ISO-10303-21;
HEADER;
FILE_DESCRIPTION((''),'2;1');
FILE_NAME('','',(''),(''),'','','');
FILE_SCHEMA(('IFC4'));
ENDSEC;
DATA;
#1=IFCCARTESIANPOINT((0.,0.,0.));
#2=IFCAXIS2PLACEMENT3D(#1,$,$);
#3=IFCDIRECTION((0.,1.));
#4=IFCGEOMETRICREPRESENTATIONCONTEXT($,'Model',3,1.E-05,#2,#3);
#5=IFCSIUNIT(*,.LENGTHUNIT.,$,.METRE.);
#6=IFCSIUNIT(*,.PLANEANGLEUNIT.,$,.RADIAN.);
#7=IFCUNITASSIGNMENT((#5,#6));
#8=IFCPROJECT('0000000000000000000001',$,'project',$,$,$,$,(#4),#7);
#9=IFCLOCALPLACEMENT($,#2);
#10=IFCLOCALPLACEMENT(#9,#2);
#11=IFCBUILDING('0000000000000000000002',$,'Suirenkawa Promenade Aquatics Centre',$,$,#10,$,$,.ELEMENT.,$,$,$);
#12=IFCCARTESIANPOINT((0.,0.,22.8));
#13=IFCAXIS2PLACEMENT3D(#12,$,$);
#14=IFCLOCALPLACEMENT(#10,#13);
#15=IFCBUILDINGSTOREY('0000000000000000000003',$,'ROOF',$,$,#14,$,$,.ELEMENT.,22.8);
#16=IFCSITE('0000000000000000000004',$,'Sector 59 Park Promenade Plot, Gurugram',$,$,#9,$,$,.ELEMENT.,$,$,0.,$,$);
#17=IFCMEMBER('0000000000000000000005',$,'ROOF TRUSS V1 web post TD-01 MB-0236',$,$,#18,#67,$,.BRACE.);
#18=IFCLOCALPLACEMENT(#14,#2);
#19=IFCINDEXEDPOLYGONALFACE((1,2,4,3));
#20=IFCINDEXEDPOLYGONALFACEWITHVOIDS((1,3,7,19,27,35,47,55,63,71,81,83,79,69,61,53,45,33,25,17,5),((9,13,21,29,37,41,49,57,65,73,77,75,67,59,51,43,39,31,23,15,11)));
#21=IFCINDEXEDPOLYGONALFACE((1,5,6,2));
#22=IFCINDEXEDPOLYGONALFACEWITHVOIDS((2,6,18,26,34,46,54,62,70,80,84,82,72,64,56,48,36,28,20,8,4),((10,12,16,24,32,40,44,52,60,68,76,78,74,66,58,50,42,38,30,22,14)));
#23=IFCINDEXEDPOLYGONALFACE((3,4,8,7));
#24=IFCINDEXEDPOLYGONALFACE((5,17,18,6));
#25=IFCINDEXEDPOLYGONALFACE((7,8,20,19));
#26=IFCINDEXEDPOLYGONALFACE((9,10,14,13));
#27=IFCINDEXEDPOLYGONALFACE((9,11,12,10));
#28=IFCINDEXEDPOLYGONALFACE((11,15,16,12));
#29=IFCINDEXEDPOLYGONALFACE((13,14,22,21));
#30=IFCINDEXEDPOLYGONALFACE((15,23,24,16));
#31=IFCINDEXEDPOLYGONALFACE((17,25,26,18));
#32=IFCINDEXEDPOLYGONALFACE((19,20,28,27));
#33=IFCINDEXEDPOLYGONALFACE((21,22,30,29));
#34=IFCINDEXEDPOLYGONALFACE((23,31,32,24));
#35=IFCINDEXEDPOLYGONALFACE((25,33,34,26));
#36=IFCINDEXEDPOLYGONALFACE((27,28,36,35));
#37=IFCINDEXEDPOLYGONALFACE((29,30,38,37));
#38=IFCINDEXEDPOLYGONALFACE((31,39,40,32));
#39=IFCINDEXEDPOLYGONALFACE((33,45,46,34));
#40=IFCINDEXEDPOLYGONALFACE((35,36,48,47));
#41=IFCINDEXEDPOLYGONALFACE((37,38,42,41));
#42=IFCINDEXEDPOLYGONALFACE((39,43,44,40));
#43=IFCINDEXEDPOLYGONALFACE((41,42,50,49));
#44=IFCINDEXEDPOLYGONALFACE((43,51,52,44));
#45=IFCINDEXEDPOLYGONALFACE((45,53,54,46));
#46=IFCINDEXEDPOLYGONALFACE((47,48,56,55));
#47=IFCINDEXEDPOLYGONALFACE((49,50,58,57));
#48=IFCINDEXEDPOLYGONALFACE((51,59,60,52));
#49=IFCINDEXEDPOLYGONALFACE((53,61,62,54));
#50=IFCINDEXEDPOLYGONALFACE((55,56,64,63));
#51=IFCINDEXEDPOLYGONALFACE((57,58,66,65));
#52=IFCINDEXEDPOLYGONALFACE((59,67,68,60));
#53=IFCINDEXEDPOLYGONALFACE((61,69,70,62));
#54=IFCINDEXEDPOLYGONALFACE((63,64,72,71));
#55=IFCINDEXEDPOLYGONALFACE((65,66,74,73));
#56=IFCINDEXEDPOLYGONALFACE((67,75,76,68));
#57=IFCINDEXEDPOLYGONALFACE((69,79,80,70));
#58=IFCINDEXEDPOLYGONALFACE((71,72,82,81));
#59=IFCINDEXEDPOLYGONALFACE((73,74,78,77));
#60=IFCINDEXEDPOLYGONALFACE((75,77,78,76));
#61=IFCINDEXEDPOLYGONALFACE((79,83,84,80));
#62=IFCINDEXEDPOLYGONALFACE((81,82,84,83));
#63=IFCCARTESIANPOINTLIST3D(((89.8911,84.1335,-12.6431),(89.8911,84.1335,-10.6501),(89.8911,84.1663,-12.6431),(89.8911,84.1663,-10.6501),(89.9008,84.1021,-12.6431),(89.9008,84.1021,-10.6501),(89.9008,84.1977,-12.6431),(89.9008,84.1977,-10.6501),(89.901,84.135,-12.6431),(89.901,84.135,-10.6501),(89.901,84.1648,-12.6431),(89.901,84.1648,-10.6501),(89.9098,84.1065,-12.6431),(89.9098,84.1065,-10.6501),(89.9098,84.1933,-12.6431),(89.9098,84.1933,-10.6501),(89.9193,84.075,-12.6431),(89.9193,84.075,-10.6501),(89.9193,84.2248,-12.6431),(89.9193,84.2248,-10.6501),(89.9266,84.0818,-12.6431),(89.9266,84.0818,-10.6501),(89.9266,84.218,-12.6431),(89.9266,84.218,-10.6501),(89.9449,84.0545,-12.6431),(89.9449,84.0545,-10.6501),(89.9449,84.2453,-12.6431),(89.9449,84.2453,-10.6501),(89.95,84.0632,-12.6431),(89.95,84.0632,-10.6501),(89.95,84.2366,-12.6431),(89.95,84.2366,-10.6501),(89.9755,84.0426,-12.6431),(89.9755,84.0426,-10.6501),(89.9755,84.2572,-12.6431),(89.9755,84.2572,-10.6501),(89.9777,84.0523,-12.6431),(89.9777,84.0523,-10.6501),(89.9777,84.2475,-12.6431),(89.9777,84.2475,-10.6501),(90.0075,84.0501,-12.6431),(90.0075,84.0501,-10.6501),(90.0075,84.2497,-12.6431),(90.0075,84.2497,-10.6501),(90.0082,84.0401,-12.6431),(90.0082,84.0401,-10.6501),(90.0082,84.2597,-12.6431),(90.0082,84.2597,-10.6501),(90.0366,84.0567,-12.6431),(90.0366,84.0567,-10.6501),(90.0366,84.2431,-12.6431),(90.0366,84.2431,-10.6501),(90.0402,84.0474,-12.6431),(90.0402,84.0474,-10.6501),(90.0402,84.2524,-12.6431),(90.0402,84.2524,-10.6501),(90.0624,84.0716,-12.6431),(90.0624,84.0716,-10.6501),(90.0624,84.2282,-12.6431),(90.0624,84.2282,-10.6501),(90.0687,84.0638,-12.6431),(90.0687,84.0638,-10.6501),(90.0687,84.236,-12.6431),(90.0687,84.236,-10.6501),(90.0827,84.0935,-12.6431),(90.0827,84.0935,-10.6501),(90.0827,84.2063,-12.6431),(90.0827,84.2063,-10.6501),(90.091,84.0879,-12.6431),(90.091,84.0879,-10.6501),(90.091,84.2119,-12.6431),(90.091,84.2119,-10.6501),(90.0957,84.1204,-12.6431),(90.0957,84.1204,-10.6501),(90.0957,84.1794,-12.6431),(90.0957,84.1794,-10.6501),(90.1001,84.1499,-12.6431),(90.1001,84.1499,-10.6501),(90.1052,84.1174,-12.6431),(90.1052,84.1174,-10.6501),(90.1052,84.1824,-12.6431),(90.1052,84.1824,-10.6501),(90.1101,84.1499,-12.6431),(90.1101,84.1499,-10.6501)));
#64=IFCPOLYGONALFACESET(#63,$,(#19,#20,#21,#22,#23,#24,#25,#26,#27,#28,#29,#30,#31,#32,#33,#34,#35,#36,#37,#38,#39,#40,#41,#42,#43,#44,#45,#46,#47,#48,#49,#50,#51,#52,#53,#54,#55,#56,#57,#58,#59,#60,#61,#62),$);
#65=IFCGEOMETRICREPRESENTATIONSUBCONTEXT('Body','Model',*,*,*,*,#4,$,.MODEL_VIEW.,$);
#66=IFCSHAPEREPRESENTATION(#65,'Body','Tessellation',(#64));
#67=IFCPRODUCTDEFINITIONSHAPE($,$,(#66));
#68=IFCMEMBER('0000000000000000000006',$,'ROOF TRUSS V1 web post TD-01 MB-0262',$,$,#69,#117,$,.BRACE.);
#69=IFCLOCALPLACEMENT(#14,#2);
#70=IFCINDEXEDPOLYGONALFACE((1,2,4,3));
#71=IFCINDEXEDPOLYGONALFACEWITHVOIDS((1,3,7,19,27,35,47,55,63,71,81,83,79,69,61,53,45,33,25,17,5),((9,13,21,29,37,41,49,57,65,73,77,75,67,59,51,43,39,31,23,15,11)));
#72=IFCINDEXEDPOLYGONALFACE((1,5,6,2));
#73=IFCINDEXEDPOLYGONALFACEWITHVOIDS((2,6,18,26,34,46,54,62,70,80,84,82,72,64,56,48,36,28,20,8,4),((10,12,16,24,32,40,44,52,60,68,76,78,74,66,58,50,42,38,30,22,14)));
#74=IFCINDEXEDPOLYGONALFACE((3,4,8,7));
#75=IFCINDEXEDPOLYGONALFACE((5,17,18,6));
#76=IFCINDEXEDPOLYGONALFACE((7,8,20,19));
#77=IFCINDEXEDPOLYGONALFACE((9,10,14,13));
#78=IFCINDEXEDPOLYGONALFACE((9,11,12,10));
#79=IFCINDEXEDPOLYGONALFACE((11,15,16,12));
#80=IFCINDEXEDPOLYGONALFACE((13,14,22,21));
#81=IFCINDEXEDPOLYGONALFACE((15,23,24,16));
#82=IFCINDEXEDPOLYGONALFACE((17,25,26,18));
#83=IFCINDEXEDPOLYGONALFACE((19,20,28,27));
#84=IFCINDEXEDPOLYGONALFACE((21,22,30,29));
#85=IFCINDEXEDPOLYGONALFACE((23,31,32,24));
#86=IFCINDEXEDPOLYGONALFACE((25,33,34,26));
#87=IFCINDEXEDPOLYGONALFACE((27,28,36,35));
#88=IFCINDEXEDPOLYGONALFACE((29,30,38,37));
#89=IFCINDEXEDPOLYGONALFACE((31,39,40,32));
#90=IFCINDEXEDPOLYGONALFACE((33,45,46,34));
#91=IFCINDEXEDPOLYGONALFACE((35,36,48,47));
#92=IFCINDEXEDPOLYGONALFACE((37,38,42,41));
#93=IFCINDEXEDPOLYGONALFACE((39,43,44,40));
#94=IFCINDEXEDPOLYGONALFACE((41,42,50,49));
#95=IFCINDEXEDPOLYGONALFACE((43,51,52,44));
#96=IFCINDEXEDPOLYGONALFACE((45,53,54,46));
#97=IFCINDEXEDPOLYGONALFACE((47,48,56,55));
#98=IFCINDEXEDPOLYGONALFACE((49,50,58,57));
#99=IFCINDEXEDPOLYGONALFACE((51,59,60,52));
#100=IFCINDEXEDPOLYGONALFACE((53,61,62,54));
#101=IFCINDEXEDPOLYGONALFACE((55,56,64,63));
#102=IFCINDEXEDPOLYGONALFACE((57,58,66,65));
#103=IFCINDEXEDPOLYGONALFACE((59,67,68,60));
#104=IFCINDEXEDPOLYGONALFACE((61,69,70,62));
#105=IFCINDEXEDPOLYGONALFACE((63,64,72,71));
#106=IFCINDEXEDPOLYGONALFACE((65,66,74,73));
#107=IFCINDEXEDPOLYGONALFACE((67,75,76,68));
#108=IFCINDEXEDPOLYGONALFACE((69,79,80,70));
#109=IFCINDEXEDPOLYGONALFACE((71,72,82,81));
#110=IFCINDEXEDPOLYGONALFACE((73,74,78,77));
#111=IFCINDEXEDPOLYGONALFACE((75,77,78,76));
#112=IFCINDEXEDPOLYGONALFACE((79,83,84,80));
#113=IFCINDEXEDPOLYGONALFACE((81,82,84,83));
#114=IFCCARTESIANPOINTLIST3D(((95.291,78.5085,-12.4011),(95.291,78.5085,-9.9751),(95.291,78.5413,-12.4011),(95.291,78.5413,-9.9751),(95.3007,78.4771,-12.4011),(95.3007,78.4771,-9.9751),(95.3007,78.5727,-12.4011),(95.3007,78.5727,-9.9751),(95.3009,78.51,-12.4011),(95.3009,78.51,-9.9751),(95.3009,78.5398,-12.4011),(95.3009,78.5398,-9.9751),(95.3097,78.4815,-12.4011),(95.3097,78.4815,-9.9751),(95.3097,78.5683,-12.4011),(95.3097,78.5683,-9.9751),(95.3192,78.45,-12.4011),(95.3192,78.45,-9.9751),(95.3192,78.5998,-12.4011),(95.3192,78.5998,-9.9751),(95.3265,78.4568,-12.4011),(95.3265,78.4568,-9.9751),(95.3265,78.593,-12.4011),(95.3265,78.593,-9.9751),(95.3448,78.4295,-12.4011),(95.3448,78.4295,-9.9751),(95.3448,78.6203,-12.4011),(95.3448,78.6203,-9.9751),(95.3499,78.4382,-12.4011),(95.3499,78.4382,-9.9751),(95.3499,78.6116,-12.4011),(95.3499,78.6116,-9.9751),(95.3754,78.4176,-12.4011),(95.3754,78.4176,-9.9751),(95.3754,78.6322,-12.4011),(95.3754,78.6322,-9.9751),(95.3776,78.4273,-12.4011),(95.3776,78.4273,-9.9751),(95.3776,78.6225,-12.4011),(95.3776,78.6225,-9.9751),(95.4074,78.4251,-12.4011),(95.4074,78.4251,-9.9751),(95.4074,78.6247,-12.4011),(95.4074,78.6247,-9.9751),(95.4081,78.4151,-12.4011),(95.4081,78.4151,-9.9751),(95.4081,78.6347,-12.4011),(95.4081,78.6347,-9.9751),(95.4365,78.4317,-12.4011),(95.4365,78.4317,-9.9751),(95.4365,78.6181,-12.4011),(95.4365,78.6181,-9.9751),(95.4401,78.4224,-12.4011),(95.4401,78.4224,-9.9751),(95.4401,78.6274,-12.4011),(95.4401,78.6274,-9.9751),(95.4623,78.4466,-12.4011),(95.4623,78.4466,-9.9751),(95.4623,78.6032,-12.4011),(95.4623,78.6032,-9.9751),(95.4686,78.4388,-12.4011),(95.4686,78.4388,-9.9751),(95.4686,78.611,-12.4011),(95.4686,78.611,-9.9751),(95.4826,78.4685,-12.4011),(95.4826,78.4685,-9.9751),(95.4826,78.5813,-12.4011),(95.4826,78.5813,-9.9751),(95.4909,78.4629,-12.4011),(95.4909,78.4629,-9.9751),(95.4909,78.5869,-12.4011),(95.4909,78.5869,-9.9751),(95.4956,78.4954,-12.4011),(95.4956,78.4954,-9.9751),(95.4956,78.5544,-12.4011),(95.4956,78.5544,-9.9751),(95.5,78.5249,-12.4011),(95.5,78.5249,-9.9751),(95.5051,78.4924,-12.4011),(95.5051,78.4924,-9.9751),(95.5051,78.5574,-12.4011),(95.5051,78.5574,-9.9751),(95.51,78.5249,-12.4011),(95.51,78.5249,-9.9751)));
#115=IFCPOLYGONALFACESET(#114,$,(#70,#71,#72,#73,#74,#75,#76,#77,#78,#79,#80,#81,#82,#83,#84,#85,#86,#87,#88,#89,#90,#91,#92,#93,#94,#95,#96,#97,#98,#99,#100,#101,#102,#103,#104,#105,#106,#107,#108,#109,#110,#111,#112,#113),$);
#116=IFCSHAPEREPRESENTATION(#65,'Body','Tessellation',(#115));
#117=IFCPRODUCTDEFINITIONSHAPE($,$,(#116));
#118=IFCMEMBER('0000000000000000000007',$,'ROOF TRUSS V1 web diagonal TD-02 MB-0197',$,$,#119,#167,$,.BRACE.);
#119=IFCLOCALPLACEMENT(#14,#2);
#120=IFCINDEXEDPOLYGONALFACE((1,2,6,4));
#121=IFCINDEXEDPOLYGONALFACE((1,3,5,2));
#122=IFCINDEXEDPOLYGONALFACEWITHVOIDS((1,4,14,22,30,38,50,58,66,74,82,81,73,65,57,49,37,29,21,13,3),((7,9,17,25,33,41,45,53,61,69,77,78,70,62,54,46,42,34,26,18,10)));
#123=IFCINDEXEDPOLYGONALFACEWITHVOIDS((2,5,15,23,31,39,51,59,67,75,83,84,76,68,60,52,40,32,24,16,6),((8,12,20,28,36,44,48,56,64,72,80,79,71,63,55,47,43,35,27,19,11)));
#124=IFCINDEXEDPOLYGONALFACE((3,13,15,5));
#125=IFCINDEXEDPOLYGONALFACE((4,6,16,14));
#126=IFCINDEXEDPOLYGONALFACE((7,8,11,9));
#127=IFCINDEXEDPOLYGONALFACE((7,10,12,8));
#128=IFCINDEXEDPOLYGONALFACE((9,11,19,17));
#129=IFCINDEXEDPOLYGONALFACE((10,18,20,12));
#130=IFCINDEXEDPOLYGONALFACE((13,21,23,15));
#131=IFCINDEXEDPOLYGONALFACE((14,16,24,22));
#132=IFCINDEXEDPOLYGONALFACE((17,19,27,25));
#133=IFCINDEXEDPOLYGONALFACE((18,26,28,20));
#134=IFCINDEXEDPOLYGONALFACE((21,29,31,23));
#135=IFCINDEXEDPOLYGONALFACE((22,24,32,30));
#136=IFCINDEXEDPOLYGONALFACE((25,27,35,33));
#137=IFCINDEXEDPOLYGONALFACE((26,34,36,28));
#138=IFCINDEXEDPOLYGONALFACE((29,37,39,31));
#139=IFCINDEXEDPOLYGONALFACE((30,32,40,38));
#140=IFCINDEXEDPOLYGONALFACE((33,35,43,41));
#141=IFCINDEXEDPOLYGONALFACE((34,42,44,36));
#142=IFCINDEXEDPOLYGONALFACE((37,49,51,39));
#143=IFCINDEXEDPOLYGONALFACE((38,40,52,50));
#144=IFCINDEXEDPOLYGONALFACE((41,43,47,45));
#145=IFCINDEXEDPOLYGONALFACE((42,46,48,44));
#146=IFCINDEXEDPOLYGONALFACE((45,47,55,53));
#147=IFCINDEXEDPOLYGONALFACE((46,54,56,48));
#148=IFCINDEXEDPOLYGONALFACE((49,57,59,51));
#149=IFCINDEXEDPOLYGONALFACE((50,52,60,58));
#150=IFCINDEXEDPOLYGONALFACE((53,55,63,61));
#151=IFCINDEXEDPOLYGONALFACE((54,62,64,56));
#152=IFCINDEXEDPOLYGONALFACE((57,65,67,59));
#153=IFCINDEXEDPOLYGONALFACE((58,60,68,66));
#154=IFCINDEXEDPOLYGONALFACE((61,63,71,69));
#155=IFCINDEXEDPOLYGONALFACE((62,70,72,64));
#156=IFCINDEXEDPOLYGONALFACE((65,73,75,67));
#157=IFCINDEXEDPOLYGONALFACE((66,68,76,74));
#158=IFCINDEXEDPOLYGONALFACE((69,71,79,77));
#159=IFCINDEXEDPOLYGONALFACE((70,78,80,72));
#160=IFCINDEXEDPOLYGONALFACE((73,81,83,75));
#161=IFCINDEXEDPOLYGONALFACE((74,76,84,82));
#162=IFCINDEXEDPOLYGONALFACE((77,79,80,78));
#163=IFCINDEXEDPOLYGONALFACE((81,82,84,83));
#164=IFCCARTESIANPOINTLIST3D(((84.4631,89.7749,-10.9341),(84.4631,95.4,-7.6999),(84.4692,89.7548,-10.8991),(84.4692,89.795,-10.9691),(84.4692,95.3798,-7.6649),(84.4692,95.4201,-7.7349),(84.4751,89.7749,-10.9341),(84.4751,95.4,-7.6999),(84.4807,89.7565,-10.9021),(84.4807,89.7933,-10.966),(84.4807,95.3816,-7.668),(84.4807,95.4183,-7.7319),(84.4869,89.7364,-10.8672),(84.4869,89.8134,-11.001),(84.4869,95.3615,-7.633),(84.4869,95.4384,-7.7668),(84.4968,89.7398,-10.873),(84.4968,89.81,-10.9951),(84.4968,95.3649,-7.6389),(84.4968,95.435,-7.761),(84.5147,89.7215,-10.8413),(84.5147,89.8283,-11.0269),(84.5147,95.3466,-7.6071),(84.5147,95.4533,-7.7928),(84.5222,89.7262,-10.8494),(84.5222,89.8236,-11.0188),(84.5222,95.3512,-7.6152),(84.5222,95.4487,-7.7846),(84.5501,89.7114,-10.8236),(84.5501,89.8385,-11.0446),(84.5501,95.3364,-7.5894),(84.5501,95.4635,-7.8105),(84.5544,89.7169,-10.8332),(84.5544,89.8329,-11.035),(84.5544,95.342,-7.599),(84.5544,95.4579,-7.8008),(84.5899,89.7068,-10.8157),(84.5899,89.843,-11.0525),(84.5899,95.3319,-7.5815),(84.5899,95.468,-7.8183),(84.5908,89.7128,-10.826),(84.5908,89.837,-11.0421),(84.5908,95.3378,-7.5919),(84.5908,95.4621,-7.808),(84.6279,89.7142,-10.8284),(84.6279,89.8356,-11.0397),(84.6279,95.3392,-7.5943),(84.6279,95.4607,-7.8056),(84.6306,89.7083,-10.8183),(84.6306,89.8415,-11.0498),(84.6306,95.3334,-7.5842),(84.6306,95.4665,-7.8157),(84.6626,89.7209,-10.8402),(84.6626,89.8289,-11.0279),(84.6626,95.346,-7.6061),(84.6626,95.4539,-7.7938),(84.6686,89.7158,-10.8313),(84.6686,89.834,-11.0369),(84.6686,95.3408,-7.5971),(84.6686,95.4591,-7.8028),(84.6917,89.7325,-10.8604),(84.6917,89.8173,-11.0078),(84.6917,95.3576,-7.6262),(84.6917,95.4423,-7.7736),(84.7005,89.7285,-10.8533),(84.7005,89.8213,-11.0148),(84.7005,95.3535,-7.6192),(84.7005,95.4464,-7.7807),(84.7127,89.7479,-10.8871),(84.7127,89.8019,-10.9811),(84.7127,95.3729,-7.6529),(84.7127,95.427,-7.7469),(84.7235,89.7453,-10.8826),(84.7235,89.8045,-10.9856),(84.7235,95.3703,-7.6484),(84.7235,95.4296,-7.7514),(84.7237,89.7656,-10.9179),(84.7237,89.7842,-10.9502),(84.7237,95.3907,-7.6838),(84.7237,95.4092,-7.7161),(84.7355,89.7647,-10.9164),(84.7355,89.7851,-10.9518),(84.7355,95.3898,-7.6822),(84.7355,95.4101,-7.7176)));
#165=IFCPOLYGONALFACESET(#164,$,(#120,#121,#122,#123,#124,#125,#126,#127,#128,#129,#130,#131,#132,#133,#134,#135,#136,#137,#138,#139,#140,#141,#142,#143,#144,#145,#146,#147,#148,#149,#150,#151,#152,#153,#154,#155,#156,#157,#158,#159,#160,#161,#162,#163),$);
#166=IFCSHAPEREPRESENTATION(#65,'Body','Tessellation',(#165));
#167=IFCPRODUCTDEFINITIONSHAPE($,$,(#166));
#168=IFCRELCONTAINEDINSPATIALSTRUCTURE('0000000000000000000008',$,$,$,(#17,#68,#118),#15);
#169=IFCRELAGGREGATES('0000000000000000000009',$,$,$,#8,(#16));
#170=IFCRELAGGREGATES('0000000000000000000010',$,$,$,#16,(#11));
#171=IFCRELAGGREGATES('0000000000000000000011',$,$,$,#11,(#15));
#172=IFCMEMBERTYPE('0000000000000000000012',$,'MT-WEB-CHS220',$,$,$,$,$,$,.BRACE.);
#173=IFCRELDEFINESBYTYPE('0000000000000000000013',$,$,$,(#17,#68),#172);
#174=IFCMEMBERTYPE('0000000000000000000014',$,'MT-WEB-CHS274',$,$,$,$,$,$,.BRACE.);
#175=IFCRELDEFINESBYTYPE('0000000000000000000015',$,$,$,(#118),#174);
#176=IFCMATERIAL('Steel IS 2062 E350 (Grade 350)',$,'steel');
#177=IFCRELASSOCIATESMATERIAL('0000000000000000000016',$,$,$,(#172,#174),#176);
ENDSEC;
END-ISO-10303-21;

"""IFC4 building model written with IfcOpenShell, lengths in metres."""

from ifc_helpers import new_model, si_unit, direction, frame, origin, origin_2d, place, context, subcontext, project, spatial, hollow_circle, extrude, material, material_profile, profile_set, type_object, element, save


model = new_model("IFC4")

# Units and contexts
model_context = context("Model", 3, precision=1e-05, world=origin(), true_north=direction((0.0, 1.0)))
body_context = subcontext(model_context, "Body", "Model", "MODEL_VIEW")
ifc_project = project(units=[si_unit("LENGTHUNIT", "METRE"), si_unit("PLANEANGLEUNIT", "RADIAN")], contexts=[model_context])

# Site, building, storey
site_placement = place(None, origin())
site = spatial("IfcSite", under=ifc_project, at=site_placement, Name="Sector 59 Park Promenade Plot, Gurugram", CompositionType="ELEMENT", RefElevation=0.0)
building_placement = place(site_placement, origin())
building = spatial("IfcBuilding", under=site, at=building_placement, Name="Suirenkawa Promenade Aquatics Centre", CompositionType="ELEMENT")
storey_placement = place(building_placement, frame((0.0, 0.0, 22.8)))
storey = spatial("IfcBuildingStorey", under=building, at=storey_placement, Name="ROOF", CompositionType="ELEMENT", Elevation=22.8)

# Shared definitions
ifc_material = material(Name="Steel IS 2062 E350 (Grade 350)", Category="steel")

# Members
ifc_material_profile_1 = material_profile(ifc_material, hollow_circle(Radius=0.1101, WallThickness=0.01, at=origin_2d()), Name="CHS 220x10", Category="steel")
ifc_profile_set_1 = profile_set([ifc_material_profile_1], Name="Steel IS 2062 E350 (Grade 350)")
member_type_1 = type_object("IfcMemberType", Name="MT-WEB-CHS220", PredefinedType="BRACE", material=ifc_profile_set_1)
member_1_placement = place(storey_placement, frame((90.0, 84.1499, -12.6431), z_axis=(0.0, 0.0, 1.0), x_axis=(1.0, 0.0, 0.0)))
element("IfcMember", 1, at=member_1_placement, inside=storey, type_object=member_type_1, Name="ROOF TRUSS V1 web post TD-01 MB-0236", PredefinedType="BRACE", context=body_context, shape_type="SweptSolid", body=[
    extrude(hollow_circle(Radius=0.1101, WallThickness=0.01, at=origin_2d()), origin(), (0.0, 0.0, 1.0), 1.9929),
])
member_2_placement = place(storey_placement, frame((95.3999, 78.5249, -12.4011), z_axis=(0.0, 0.0, 1.0), x_axis=(1.0, 0.0, 0.0)))
element("IfcMember", 2, at=member_2_placement, inside=storey, type_object=member_type_1, Name="ROOF TRUSS V1 web post TD-01 MB-0262", PredefinedType="BRACE", context=body_context, shape_type="SweptSolid", body=[
    extrude(hollow_circle(Radius=0.1101, WallThickness=0.01, at=origin_2d()), origin(), (0.0, 0.0, 1.0), 2.426),
])
ifc_material_profile_2 = material_profile(ifc_material, hollow_circle(Radius=0.137, WallThickness=0.012, at=origin_2d()), Name="CHS 274x12", Category="steel")
ifc_profile_set_2 = profile_set([ifc_material_profile_2], Name="Steel IS 2062 E350 (Grade 350)")
member_type_2 = type_object("IfcMemberType", Name="MT-WEB-CHS274", PredefinedType="BRACE", material=ifc_profile_set_2)
member_3_placement = place(storey_placement, frame((84.6001, 89.7749, -10.9341), z_axis=(0.0, 0.866923, 0.498443), x_axis=(-1.0, 0.0, 0.0)))
element("IfcMember", 3, at=member_3_placement, inside=storey, type_object=member_type_2, Name="ROOF TRUSS V1 web diagonal TD-02 MB-0197", PredefinedType="BRACE", context=body_context, shape_type="SweptSolid", body=[
    extrude(hollow_circle(Radius=0.137, WallThickness=0.012, at=origin_2d()), origin(), (0.0, 0.0, 1.0), 6.4885),
])

save(model, "model.ifc")
